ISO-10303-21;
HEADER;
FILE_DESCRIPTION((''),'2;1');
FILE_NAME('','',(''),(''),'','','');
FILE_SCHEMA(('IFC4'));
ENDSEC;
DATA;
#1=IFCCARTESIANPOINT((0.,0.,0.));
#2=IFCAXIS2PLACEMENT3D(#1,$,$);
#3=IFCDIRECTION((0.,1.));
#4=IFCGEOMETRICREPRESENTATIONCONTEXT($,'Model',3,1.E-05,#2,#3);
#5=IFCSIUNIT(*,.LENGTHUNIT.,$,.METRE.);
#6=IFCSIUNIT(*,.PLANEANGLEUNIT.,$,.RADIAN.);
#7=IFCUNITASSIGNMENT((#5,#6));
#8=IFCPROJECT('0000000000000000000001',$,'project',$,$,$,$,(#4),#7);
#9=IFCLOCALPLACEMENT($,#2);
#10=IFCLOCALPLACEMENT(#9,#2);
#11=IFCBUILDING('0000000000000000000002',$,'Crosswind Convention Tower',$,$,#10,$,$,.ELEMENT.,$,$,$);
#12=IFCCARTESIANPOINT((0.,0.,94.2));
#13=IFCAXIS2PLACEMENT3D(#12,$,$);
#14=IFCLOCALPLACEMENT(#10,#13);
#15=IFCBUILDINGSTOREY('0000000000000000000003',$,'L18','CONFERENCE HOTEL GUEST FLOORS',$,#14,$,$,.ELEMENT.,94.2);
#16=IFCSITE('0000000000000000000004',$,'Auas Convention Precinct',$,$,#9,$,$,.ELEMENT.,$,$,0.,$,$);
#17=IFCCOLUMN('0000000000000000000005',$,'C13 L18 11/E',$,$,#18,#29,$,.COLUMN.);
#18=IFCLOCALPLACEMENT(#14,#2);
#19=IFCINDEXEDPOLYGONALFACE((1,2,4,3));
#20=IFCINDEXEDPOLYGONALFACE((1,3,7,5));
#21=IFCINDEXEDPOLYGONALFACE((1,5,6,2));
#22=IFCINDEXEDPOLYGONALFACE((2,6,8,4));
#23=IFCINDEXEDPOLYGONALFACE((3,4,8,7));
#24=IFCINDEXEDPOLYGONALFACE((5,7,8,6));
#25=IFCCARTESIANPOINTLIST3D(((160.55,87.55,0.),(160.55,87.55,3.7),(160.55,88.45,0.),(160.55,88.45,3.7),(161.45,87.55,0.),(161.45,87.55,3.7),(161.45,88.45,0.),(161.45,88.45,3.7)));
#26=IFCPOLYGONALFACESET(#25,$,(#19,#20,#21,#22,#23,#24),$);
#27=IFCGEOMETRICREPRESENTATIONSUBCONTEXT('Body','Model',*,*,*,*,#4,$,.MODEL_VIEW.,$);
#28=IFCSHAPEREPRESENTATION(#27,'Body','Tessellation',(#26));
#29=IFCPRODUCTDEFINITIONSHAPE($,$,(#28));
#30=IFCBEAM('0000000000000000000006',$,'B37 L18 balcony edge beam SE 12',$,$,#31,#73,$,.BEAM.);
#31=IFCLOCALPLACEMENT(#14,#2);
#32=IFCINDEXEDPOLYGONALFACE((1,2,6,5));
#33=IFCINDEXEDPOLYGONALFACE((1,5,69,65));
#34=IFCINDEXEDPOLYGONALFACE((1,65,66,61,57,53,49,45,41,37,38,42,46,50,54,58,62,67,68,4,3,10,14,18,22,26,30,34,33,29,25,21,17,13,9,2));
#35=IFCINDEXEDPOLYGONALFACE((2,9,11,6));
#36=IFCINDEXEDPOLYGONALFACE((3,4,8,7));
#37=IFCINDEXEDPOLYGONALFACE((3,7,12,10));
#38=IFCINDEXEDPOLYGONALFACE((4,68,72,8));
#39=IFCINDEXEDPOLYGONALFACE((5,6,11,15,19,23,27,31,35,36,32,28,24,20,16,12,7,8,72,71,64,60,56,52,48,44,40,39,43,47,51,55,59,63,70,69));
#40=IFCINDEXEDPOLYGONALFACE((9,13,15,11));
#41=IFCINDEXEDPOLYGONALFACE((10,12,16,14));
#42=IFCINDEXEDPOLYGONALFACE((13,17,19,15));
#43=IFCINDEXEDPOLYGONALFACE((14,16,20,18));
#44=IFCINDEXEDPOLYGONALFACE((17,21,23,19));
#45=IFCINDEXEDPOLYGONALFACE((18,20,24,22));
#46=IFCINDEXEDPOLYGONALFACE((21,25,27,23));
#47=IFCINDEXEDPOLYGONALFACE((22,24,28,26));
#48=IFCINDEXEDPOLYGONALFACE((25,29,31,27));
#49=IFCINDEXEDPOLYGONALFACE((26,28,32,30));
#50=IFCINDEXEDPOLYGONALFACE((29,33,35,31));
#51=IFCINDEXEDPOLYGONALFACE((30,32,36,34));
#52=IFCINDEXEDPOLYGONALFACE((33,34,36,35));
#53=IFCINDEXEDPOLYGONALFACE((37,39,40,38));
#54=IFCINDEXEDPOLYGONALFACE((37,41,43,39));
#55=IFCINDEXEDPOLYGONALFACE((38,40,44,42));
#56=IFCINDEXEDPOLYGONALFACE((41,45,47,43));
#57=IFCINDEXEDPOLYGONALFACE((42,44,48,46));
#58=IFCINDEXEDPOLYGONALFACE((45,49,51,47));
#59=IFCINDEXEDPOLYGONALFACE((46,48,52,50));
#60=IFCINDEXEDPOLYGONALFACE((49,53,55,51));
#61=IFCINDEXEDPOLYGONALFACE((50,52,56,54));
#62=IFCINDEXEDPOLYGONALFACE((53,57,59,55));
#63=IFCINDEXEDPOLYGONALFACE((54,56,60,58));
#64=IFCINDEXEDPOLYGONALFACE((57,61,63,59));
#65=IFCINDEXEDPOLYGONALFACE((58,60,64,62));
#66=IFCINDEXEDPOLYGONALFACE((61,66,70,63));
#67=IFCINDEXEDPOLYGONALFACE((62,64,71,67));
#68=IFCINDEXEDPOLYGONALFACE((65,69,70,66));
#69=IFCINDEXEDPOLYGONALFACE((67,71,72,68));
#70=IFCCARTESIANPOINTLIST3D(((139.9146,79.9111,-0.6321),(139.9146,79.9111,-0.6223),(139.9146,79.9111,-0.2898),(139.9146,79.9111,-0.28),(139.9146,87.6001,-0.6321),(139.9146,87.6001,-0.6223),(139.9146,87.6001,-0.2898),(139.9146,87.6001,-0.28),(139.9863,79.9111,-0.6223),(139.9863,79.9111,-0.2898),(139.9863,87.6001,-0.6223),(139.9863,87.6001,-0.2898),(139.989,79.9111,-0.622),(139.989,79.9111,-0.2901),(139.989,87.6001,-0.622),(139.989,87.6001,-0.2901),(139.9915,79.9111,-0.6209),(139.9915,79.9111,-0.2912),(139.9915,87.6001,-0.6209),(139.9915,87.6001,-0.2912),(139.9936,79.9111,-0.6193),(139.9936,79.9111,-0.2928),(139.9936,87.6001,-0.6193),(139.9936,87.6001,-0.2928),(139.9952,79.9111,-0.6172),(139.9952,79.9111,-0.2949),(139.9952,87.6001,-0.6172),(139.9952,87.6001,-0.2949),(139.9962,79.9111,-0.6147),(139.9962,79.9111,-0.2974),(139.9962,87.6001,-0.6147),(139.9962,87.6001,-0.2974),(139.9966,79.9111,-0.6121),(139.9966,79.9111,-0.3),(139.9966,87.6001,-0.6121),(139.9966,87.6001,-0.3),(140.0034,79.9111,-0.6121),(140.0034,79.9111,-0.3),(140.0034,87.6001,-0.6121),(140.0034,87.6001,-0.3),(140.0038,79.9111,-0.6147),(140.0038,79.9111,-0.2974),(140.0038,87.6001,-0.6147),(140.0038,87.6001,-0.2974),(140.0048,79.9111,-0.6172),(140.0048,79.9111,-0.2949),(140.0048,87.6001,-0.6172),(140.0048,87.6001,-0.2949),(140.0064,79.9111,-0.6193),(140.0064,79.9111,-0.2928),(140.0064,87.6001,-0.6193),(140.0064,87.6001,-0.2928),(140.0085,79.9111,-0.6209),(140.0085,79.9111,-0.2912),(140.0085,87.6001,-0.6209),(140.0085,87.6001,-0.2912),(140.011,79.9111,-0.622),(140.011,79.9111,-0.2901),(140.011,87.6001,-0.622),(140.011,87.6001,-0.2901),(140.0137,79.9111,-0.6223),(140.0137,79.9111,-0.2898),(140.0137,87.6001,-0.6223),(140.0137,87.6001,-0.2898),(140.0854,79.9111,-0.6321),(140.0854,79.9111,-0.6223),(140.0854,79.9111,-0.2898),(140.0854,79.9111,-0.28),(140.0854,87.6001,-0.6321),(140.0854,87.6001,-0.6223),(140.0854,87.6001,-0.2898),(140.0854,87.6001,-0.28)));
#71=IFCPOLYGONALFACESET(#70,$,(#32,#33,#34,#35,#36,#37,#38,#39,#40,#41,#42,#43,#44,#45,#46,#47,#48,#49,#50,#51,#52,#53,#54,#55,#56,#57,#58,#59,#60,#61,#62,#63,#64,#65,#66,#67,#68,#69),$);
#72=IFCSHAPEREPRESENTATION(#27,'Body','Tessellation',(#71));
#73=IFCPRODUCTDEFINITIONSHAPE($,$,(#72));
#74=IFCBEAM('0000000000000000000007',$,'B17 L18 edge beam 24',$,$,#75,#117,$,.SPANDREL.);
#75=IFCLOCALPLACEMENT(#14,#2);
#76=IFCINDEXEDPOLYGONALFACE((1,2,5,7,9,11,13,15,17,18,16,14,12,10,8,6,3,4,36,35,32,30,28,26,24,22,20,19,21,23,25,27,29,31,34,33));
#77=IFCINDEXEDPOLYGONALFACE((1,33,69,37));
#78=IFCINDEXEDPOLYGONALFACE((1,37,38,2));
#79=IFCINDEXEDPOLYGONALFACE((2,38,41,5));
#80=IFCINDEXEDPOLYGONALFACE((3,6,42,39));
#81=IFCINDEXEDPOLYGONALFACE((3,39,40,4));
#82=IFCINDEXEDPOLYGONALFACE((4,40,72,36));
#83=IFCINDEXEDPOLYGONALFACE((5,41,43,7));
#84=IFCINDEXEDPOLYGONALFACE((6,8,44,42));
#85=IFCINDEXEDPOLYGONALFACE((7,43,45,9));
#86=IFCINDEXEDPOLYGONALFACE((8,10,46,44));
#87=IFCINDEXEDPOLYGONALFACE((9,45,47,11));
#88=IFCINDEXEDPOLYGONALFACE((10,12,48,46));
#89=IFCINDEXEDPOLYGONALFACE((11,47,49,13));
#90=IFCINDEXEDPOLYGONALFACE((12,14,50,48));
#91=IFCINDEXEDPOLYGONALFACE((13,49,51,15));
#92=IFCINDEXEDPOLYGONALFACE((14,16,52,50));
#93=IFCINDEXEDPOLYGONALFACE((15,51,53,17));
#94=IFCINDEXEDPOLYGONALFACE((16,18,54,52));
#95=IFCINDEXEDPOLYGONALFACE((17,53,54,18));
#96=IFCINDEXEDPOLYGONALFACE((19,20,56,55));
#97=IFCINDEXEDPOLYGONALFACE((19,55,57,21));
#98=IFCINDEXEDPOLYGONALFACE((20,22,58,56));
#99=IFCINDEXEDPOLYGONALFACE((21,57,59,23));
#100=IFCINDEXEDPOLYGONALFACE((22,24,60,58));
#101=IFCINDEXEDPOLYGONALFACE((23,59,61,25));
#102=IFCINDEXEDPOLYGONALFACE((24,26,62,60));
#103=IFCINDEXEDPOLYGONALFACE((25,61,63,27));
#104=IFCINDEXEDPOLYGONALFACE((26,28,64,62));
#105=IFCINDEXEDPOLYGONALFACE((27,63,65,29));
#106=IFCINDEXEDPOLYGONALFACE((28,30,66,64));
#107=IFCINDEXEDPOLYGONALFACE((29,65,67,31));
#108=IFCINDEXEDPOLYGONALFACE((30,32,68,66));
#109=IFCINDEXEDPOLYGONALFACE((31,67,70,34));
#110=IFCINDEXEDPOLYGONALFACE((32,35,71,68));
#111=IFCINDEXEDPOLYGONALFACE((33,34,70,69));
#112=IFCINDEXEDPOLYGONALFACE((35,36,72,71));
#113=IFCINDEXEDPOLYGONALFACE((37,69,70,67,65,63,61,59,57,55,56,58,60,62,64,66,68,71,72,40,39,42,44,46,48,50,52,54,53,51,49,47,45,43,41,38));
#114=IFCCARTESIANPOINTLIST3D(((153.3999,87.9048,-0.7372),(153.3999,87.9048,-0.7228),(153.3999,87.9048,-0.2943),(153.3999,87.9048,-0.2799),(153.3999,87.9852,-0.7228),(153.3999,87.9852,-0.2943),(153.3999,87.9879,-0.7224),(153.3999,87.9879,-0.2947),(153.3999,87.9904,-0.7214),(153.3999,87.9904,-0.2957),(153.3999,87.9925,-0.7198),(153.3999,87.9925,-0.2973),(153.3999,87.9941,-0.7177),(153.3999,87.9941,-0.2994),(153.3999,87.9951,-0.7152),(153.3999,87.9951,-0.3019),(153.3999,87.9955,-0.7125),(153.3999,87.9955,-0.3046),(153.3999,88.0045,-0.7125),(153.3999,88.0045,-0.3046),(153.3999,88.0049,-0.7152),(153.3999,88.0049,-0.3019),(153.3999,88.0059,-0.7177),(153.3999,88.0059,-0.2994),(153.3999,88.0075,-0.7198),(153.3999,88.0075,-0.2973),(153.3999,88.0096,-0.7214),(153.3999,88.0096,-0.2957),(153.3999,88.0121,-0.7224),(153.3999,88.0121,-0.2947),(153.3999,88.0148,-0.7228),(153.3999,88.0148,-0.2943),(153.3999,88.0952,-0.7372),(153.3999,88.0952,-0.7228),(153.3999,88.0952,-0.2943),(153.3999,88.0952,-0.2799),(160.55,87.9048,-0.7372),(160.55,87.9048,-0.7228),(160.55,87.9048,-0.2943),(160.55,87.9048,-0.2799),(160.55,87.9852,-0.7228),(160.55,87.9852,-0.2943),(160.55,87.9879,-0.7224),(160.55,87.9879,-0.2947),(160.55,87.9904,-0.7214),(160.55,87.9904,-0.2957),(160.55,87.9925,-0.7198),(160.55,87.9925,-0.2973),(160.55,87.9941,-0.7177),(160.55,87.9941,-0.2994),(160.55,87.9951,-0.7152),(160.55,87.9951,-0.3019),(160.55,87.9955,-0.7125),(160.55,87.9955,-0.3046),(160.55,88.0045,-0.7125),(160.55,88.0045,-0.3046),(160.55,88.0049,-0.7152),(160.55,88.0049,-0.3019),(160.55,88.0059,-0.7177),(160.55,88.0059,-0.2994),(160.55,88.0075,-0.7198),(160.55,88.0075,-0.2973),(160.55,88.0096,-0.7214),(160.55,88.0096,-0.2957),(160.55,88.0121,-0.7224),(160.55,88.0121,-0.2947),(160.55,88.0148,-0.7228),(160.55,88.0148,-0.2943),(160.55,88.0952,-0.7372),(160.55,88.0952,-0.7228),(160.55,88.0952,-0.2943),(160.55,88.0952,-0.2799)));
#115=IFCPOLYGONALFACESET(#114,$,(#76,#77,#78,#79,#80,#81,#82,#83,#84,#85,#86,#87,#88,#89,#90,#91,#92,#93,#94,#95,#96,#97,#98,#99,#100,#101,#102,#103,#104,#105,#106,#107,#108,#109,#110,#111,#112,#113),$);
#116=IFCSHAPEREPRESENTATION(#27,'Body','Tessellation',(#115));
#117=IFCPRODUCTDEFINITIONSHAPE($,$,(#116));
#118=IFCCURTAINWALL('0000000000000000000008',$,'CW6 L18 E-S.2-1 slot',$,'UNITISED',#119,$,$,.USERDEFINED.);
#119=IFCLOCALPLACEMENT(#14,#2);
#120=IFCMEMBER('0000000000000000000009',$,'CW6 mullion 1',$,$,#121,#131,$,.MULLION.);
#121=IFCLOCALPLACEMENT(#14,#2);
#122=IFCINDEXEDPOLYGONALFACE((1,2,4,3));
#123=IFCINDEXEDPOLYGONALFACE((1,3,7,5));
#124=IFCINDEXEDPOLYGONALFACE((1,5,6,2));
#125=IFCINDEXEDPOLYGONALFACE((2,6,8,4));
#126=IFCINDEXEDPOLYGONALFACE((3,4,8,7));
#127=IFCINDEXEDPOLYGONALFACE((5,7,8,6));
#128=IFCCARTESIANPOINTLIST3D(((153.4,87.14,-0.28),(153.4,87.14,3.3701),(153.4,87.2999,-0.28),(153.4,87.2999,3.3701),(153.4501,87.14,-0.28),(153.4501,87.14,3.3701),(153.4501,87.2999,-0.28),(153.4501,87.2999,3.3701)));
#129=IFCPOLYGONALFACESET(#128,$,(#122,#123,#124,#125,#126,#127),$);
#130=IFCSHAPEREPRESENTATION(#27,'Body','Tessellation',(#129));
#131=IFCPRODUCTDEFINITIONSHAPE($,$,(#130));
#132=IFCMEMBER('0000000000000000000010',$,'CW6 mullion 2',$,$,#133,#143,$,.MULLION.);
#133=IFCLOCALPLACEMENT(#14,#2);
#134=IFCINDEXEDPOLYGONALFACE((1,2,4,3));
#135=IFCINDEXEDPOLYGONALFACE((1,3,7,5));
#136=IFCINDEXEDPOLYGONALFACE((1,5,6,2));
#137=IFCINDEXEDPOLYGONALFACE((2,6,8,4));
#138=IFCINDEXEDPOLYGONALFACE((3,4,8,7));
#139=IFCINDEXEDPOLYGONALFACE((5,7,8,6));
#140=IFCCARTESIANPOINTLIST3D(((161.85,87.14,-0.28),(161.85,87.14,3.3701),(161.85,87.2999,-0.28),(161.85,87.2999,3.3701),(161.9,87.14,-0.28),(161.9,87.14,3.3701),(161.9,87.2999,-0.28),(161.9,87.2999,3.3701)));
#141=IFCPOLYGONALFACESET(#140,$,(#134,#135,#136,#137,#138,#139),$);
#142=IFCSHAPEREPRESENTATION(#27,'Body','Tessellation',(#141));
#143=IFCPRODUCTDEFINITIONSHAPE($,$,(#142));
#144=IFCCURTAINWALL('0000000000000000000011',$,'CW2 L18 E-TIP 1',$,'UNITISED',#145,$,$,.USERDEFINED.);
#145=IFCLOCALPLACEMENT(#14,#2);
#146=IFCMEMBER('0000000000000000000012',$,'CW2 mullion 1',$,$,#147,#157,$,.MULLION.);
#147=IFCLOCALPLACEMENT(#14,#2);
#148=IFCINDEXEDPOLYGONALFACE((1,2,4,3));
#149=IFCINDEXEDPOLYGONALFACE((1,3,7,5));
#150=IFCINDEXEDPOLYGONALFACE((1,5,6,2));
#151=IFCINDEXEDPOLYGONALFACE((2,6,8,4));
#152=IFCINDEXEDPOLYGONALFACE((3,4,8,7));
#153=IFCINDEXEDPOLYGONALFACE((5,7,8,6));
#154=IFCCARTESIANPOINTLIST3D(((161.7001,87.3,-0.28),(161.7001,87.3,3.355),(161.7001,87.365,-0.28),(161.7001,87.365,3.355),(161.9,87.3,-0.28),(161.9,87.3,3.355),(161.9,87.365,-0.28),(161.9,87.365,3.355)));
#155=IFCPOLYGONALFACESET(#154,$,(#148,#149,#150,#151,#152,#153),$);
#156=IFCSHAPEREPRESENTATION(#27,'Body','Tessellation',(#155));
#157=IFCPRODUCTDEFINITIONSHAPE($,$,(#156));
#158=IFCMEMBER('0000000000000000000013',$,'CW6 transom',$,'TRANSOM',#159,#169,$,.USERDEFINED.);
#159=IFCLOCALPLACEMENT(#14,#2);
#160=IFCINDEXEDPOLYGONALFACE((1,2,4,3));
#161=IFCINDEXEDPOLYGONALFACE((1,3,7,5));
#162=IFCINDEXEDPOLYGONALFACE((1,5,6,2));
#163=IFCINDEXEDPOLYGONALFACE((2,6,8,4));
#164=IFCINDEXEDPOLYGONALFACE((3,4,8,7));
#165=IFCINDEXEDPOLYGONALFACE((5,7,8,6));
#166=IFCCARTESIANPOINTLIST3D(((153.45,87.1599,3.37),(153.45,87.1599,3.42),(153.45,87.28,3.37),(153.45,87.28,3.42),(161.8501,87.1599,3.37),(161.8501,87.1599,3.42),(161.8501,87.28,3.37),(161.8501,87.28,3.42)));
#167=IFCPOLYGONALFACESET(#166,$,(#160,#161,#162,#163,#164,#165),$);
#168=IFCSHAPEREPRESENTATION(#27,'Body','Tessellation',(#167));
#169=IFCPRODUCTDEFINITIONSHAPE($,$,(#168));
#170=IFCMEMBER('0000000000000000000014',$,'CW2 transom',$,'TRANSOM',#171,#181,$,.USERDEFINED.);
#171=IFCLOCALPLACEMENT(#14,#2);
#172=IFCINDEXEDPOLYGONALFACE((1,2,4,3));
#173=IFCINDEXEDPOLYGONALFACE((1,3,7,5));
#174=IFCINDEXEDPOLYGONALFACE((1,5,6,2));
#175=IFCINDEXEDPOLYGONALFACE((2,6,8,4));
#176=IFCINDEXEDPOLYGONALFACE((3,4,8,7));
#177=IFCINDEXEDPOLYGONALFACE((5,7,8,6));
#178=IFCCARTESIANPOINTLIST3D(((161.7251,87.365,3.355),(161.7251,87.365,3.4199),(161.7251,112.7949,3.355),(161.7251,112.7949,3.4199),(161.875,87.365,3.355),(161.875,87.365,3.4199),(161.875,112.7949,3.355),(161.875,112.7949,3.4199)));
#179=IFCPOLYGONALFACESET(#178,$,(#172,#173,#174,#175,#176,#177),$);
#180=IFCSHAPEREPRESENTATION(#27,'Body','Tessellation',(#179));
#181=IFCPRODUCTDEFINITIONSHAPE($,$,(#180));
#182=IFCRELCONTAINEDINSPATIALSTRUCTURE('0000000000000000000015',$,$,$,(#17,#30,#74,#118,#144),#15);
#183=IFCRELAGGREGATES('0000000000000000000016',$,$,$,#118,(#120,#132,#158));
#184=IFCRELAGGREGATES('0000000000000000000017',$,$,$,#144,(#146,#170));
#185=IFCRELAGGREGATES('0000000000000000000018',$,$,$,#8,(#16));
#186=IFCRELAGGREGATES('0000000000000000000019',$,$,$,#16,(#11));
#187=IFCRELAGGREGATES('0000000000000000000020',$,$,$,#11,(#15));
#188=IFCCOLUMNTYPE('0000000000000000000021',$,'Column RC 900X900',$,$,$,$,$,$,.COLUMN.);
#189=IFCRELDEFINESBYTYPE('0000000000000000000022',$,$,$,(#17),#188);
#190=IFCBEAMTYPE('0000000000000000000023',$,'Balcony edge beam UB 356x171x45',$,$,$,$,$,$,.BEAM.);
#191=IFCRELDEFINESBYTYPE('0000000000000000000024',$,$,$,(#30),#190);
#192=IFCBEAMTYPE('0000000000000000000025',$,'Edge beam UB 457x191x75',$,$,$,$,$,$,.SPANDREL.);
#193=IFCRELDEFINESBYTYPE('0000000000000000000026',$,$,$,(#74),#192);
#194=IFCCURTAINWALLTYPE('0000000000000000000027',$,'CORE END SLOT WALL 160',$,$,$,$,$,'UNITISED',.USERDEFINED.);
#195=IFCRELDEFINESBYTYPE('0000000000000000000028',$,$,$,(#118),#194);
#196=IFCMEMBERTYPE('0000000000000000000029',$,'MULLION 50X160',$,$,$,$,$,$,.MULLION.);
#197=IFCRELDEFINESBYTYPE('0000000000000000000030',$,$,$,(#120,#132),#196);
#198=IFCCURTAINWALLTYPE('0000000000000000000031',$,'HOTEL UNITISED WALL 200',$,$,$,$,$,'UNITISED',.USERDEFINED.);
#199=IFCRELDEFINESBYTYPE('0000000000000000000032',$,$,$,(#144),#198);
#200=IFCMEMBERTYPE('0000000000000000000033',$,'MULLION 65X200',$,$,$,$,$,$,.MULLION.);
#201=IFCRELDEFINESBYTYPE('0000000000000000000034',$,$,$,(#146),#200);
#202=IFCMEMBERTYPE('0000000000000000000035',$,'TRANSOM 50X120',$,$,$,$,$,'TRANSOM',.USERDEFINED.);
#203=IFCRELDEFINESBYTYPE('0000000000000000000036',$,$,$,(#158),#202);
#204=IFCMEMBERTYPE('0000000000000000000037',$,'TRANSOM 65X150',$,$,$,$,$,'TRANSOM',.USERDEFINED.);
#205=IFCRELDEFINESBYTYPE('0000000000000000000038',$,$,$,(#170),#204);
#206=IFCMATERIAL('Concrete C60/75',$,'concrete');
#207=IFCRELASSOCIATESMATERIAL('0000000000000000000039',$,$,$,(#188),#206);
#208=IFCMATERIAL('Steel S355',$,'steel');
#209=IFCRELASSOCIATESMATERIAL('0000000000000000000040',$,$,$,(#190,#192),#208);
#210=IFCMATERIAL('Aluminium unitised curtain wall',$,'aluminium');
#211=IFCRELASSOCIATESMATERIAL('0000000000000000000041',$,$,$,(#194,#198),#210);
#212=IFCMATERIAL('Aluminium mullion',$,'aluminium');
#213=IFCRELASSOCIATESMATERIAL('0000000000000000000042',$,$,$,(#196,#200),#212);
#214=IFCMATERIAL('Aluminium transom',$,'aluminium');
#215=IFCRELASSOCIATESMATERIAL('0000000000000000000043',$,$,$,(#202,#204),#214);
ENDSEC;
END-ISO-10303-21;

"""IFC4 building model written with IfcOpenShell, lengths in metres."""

from ifc_helpers import new_model, si_unit, direction, frame, origin, origin_2d, place, context, subcontext, project, spatial, rectangle, i_section, extrude, material, material_profile, profile_set, type_object, element, aggregate, save


model = new_model("IFC4")

# Units and contexts
model_context = context("Model", 3, precision=1e-05, world=origin(), true_north=direction((0.0, 1.0)))
body_context = subcontext(model_context, "Body", "Model", "MODEL_VIEW")
ifc_project = project(units=[si_unit("LENGTHUNIT", "METRE"), si_unit("PLANEANGLEUNIT", "RADIAN")], contexts=[model_context])

# Site, building, storey
site_placement = place(None, origin())
site = spatial("IfcSite", under=ifc_project, at=site_placement, Name="Auas Convention Precinct", CompositionType="ELEMENT", RefElevation=0.0)
building_placement = place(site_placement, origin())
building = spatial("IfcBuilding", under=site, at=building_placement, Name="Crosswind Convention Tower", CompositionType="ELEMENT")
storey_placement = place(building_placement, frame((0.0, 0.0, 94.2)))
storey = spatial("IfcBuildingStorey", under=building, at=storey_placement, Name="L18", Description="CONFERENCE HOTEL GUEST FLOORS", CompositionType="ELEMENT", Elevation=94.2)

# Column
ifc_material_1 = material(Name="Concrete C60/75", Category="concrete")
ifc_material_profile_1 = material_profile(ifc_material_1, rectangle(XDim=0.8999, YDim=0.8999, at=origin_2d()), Name="RC 900X900")
ifc_profile_set_1 = profile_set([ifc_material_profile_1], Name="Concrete C60/75")
column_type = type_object("IfcColumnType", Name="Column RC 900X900", PredefinedType="COLUMN", material=ifc_profile_set_1)
column_placement = place(storey_placement, frame((161.0, 88.0, 0.0), z_axis=(0.0, 0.0, 1.0), x_axis=(1.0, 0.0, 0.0)))
element("IfcColumn", 1, at=column_placement, inside=storey, type_object=column_type, Name="C13 L18 11/E", PredefinedType="COLUMN", context=body_context, shape_type="SweptSolid", body=[
    extrude(rectangle(XDim=0.8999, YDim=0.8999, at=origin_2d()), origin(), (0.0, 0.0, 1.0), 3.7),
])

# Beams
ifc_material_2 = material(Name="Steel S355", Category="steel")
ifc_material_profile_2 = material_profile(ifc_material_2, i_section(OverallWidth=0.1709, OverallDepth=0.3521, WebThickness=0.0068, FlangeThickness=0.0098, FilletRadius=0.0103, at=origin_2d()), Name="UB 356x171x45")
ifc_profile_set_2 = profile_set([ifc_material_profile_2], Name="Steel S355")
beam_type_1 = type_object("IfcBeamType", Name="Balcony edge beam UB 356x171x45", PredefinedType="BEAM", material=ifc_profile_set_2)
beam_1_placement = place(storey_placement, frame((140.0, 87.6001, -0.4561), z_axis=(0.0, -1.0, 0.0), x_axis=(1.0, 0.0, 0.0)))
element("IfcBeam", 2, at=beam_1_placement, inside=storey, type_object=beam_type_1, Name="B37 L18 balcony edge beam SE 12", PredefinedType="BEAM", context=body_context, shape_type="SweptSolid", body=[
    extrude(i_section(OverallWidth=0.1709, OverallDepth=0.3521, WebThickness=0.0068, FlangeThickness=0.0098, FilletRadius=0.0103, at=origin_2d()), origin(), (0.0, 0.0, 1.0), 7.689),
])
ifc_material_profile_3 = material_profile(ifc_material_2, i_section(OverallWidth=0.1904, OverallDepth=0.4573, WebThickness=0.009, FlangeThickness=0.0144, FilletRadius=0.0103, at=origin_2d()), Name="UB 457x191x75")
ifc_profile_set_3 = profile_set([ifc_material_profile_3], Name="Steel S355")
beam_type_2 = type_object("IfcBeamType", Name="Edge beam UB 457x191x75", PredefinedType="SPANDREL", material=ifc_profile_set_3)
beam_2_placement = place(storey_placement, frame((153.3999, 88.0, -0.5085), z_axis=(1.0, 0.0, 0.0), x_axis=(0.0, 1.0, 0.0)))
element("IfcBeam", 3, at=beam_2_placement, inside=storey, type_object=beam_type_2, Name="B17 L18 edge beam 24", PredefinedType="SPANDREL", context=body_context, shape_type="SweptSolid", body=[
    extrude(i_section(OverallWidth=0.1904, OverallDepth=0.4573, WebThickness=0.009, FlangeThickness=0.0144, FilletRadius=0.0103, at=origin_2d()), origin(), (0.0, 0.0, 1.0), 7.1501),
])

# Curtain wall, members
ifc_material_3 = material(Name="Aluminium unitised curtain wall", Category="aluminium")
curtain_wall_type_1 = type_object("IfcCurtainWallType", Name="CORE END SLOT WALL 160", ElementType="UNITISED", PredefinedType="USERDEFINED", material=ifc_material_3)
curtain_wall_1_placement = place(storey_placement, origin())
curtain_wall_1 = element("IfcCurtainWall", 4, at=curtain_wall_1_placement, inside=storey, type_object=curtain_wall_type_1, Name="CW6 L18 E-S.2-1 slot", ObjectType="UNITISED", PredefinedType="USERDEFINED")
ifc_material_4 = material(Name="Aluminium mullion", Category="aluminium")
ifc_material_profile_4 = material_profile(ifc_material_4, rectangle(XDim=0.1599, YDim=0.05, at=origin_2d()), Name="AL 160X50")
ifc_profile_set_4 = profile_set([ifc_material_profile_4], Name="Aluminium mullion")
member_type_1 = type_object("IfcMemberType", Name="MULLION 50X160", PredefinedType="MULLION", material=ifc_profile_set_4)
member_1_placement = place(storey_placement, frame((153.425, 87.22, -0.28), z_axis=(0.0, 0.0, 1.0), x_axis=(0.0, -1.0, 0.0)))
member_1 = element("IfcMember", 5, at=member_1_placement, type_object=member_type_1, Name="CW6 mullion 1", PredefinedType="MULLION", context=body_context, shape_type="SweptSolid", body=[
    extrude(rectangle(XDim=0.1599, YDim=0.05, at=origin_2d()), origin(), (0.0, 0.0, 1.0), 3.6501),
])
member_2_placement = place(storey_placement, frame((161.875, 87.22, -0.28), z_axis=(0.0, 0.0, 1.0), x_axis=(0.0, -1.0, 0.0)))
member_2 = element("IfcMember", 6, at=member_2_placement, type_object=member_type_1, Name="CW6 mullion 2", PredefinedType="MULLION", context=body_context, shape_type="SweptSolid", body=[
    extrude(rectangle(XDim=0.1599, YDim=0.05, at=origin_2d()), origin(), (0.0, 0.0, 1.0), 3.6501),
])

# Curtain wall, member
curtain_wall_type_2 = type_object("IfcCurtainWallType", Name="HOTEL UNITISED WALL 200", ElementType="UNITISED", PredefinedType="USERDEFINED", material=ifc_material_3)
curtain_wall_2_placement = place(storey_placement, origin())
curtain_wall_2 = element("IfcCurtainWall", 7, at=curtain_wall_2_placement, inside=storey, type_object=curtain_wall_type_2, Name="CW2 L18 E-TIP 1", ObjectType="UNITISED", PredefinedType="USERDEFINED")
ifc_material_profile_5 = material_profile(ifc_material_4, rectangle(XDim=0.2, YDim=0.0649, at=origin_2d()), Name="AL 200X65")
ifc_profile_set_5 = profile_set([ifc_material_profile_5], Name="Aluminium mullion")
member_type_2 = type_object("IfcMemberType", Name="MULLION 65X200", PredefinedType="MULLION", material=ifc_profile_set_5)
member_3_placement = place(storey_placement, frame((161.8, 87.3325, -0.28), z_axis=(0.0, 0.0, 1.0), x_axis=(1.0, 0.0, 0.0)))
member_3 = element("IfcMember", 8, at=member_3_placement, type_object=member_type_2, Name="CW2 mullion 1", PredefinedType="MULLION", context=body_context, shape_type="SweptSolid", body=[
    extrude(rectangle(XDim=0.2, YDim=0.0649, at=origin_2d()), origin(), (0.0, 0.0, 1.0), 3.635),
])

# Members
ifc_material_5 = material(Name="Aluminium transom", Category="aluminium")
ifc_material_profile_6 = material_profile(ifc_material_5, rectangle(XDim=0.1201, YDim=0.05, at=origin_2d()), Name="AL 120X50")
ifc_profile_set_6 = profile_set([ifc_material_profile_6], Name="Aluminium transom")
member_type_3 = type_object("IfcMemberType", Name="TRANSOM 50X120", ElementType="TRANSOM", PredefinedType="USERDEFINED", material=ifc_profile_set_6)
member_4_placement = place(storey_placement, frame((153.45, 87.22, 3.395), z_axis=(1.0, 0.0, 0.0), x_axis=(0.0, 1.0, 0.0)))
member_4 = element("IfcMember", 9, at=member_4_placement, type_object=member_type_3, Name="CW6 transom", ObjectType="TRANSOM", PredefinedType="USERDEFINED", context=body_context, shape_type="SweptSolid", body=[
    extrude(rectangle(XDim=0.1201, YDim=0.05, at=origin_2d()), origin(), (0.0, 0.0, 1.0), 8.4001),
])
ifc_material_profile_7 = material_profile(ifc_material_5, rectangle(XDim=0.1499, YDim=0.0649, at=origin_2d()), Name="AL 150X65")
ifc_profile_set_7 = profile_set([ifc_material_profile_7], Name="Aluminium transom")
member_type_4 = type_object("IfcMemberType", Name="TRANSOM 65X150", ElementType="TRANSOM", PredefinedType="USERDEFINED", material=ifc_profile_set_7)
member_5_placement = place(storey_placement, frame((161.8, 87.365, 3.3875), z_axis=(0.0, 1.0, 0.0), x_axis=(-1.0, 0.0, 0.0)))
member_5 = element("IfcMember", 10, at=member_5_placement, type_object=member_type_4, Name="CW2 transom", ObjectType="TRANSOM", PredefinedType="USERDEFINED", context=body_context, shape_type="SweptSolid", body=[
    extrude(rectangle(XDim=0.1499, YDim=0.0649, at=origin_2d()), origin(), (0.0, 0.0, 1.0), 25.4299),
])

aggregate(curtain_wall_1, [member_1, member_2, member_4])

aggregate(curtain_wall_2, [member_3, member_5])

save(model, "model.ifc")
